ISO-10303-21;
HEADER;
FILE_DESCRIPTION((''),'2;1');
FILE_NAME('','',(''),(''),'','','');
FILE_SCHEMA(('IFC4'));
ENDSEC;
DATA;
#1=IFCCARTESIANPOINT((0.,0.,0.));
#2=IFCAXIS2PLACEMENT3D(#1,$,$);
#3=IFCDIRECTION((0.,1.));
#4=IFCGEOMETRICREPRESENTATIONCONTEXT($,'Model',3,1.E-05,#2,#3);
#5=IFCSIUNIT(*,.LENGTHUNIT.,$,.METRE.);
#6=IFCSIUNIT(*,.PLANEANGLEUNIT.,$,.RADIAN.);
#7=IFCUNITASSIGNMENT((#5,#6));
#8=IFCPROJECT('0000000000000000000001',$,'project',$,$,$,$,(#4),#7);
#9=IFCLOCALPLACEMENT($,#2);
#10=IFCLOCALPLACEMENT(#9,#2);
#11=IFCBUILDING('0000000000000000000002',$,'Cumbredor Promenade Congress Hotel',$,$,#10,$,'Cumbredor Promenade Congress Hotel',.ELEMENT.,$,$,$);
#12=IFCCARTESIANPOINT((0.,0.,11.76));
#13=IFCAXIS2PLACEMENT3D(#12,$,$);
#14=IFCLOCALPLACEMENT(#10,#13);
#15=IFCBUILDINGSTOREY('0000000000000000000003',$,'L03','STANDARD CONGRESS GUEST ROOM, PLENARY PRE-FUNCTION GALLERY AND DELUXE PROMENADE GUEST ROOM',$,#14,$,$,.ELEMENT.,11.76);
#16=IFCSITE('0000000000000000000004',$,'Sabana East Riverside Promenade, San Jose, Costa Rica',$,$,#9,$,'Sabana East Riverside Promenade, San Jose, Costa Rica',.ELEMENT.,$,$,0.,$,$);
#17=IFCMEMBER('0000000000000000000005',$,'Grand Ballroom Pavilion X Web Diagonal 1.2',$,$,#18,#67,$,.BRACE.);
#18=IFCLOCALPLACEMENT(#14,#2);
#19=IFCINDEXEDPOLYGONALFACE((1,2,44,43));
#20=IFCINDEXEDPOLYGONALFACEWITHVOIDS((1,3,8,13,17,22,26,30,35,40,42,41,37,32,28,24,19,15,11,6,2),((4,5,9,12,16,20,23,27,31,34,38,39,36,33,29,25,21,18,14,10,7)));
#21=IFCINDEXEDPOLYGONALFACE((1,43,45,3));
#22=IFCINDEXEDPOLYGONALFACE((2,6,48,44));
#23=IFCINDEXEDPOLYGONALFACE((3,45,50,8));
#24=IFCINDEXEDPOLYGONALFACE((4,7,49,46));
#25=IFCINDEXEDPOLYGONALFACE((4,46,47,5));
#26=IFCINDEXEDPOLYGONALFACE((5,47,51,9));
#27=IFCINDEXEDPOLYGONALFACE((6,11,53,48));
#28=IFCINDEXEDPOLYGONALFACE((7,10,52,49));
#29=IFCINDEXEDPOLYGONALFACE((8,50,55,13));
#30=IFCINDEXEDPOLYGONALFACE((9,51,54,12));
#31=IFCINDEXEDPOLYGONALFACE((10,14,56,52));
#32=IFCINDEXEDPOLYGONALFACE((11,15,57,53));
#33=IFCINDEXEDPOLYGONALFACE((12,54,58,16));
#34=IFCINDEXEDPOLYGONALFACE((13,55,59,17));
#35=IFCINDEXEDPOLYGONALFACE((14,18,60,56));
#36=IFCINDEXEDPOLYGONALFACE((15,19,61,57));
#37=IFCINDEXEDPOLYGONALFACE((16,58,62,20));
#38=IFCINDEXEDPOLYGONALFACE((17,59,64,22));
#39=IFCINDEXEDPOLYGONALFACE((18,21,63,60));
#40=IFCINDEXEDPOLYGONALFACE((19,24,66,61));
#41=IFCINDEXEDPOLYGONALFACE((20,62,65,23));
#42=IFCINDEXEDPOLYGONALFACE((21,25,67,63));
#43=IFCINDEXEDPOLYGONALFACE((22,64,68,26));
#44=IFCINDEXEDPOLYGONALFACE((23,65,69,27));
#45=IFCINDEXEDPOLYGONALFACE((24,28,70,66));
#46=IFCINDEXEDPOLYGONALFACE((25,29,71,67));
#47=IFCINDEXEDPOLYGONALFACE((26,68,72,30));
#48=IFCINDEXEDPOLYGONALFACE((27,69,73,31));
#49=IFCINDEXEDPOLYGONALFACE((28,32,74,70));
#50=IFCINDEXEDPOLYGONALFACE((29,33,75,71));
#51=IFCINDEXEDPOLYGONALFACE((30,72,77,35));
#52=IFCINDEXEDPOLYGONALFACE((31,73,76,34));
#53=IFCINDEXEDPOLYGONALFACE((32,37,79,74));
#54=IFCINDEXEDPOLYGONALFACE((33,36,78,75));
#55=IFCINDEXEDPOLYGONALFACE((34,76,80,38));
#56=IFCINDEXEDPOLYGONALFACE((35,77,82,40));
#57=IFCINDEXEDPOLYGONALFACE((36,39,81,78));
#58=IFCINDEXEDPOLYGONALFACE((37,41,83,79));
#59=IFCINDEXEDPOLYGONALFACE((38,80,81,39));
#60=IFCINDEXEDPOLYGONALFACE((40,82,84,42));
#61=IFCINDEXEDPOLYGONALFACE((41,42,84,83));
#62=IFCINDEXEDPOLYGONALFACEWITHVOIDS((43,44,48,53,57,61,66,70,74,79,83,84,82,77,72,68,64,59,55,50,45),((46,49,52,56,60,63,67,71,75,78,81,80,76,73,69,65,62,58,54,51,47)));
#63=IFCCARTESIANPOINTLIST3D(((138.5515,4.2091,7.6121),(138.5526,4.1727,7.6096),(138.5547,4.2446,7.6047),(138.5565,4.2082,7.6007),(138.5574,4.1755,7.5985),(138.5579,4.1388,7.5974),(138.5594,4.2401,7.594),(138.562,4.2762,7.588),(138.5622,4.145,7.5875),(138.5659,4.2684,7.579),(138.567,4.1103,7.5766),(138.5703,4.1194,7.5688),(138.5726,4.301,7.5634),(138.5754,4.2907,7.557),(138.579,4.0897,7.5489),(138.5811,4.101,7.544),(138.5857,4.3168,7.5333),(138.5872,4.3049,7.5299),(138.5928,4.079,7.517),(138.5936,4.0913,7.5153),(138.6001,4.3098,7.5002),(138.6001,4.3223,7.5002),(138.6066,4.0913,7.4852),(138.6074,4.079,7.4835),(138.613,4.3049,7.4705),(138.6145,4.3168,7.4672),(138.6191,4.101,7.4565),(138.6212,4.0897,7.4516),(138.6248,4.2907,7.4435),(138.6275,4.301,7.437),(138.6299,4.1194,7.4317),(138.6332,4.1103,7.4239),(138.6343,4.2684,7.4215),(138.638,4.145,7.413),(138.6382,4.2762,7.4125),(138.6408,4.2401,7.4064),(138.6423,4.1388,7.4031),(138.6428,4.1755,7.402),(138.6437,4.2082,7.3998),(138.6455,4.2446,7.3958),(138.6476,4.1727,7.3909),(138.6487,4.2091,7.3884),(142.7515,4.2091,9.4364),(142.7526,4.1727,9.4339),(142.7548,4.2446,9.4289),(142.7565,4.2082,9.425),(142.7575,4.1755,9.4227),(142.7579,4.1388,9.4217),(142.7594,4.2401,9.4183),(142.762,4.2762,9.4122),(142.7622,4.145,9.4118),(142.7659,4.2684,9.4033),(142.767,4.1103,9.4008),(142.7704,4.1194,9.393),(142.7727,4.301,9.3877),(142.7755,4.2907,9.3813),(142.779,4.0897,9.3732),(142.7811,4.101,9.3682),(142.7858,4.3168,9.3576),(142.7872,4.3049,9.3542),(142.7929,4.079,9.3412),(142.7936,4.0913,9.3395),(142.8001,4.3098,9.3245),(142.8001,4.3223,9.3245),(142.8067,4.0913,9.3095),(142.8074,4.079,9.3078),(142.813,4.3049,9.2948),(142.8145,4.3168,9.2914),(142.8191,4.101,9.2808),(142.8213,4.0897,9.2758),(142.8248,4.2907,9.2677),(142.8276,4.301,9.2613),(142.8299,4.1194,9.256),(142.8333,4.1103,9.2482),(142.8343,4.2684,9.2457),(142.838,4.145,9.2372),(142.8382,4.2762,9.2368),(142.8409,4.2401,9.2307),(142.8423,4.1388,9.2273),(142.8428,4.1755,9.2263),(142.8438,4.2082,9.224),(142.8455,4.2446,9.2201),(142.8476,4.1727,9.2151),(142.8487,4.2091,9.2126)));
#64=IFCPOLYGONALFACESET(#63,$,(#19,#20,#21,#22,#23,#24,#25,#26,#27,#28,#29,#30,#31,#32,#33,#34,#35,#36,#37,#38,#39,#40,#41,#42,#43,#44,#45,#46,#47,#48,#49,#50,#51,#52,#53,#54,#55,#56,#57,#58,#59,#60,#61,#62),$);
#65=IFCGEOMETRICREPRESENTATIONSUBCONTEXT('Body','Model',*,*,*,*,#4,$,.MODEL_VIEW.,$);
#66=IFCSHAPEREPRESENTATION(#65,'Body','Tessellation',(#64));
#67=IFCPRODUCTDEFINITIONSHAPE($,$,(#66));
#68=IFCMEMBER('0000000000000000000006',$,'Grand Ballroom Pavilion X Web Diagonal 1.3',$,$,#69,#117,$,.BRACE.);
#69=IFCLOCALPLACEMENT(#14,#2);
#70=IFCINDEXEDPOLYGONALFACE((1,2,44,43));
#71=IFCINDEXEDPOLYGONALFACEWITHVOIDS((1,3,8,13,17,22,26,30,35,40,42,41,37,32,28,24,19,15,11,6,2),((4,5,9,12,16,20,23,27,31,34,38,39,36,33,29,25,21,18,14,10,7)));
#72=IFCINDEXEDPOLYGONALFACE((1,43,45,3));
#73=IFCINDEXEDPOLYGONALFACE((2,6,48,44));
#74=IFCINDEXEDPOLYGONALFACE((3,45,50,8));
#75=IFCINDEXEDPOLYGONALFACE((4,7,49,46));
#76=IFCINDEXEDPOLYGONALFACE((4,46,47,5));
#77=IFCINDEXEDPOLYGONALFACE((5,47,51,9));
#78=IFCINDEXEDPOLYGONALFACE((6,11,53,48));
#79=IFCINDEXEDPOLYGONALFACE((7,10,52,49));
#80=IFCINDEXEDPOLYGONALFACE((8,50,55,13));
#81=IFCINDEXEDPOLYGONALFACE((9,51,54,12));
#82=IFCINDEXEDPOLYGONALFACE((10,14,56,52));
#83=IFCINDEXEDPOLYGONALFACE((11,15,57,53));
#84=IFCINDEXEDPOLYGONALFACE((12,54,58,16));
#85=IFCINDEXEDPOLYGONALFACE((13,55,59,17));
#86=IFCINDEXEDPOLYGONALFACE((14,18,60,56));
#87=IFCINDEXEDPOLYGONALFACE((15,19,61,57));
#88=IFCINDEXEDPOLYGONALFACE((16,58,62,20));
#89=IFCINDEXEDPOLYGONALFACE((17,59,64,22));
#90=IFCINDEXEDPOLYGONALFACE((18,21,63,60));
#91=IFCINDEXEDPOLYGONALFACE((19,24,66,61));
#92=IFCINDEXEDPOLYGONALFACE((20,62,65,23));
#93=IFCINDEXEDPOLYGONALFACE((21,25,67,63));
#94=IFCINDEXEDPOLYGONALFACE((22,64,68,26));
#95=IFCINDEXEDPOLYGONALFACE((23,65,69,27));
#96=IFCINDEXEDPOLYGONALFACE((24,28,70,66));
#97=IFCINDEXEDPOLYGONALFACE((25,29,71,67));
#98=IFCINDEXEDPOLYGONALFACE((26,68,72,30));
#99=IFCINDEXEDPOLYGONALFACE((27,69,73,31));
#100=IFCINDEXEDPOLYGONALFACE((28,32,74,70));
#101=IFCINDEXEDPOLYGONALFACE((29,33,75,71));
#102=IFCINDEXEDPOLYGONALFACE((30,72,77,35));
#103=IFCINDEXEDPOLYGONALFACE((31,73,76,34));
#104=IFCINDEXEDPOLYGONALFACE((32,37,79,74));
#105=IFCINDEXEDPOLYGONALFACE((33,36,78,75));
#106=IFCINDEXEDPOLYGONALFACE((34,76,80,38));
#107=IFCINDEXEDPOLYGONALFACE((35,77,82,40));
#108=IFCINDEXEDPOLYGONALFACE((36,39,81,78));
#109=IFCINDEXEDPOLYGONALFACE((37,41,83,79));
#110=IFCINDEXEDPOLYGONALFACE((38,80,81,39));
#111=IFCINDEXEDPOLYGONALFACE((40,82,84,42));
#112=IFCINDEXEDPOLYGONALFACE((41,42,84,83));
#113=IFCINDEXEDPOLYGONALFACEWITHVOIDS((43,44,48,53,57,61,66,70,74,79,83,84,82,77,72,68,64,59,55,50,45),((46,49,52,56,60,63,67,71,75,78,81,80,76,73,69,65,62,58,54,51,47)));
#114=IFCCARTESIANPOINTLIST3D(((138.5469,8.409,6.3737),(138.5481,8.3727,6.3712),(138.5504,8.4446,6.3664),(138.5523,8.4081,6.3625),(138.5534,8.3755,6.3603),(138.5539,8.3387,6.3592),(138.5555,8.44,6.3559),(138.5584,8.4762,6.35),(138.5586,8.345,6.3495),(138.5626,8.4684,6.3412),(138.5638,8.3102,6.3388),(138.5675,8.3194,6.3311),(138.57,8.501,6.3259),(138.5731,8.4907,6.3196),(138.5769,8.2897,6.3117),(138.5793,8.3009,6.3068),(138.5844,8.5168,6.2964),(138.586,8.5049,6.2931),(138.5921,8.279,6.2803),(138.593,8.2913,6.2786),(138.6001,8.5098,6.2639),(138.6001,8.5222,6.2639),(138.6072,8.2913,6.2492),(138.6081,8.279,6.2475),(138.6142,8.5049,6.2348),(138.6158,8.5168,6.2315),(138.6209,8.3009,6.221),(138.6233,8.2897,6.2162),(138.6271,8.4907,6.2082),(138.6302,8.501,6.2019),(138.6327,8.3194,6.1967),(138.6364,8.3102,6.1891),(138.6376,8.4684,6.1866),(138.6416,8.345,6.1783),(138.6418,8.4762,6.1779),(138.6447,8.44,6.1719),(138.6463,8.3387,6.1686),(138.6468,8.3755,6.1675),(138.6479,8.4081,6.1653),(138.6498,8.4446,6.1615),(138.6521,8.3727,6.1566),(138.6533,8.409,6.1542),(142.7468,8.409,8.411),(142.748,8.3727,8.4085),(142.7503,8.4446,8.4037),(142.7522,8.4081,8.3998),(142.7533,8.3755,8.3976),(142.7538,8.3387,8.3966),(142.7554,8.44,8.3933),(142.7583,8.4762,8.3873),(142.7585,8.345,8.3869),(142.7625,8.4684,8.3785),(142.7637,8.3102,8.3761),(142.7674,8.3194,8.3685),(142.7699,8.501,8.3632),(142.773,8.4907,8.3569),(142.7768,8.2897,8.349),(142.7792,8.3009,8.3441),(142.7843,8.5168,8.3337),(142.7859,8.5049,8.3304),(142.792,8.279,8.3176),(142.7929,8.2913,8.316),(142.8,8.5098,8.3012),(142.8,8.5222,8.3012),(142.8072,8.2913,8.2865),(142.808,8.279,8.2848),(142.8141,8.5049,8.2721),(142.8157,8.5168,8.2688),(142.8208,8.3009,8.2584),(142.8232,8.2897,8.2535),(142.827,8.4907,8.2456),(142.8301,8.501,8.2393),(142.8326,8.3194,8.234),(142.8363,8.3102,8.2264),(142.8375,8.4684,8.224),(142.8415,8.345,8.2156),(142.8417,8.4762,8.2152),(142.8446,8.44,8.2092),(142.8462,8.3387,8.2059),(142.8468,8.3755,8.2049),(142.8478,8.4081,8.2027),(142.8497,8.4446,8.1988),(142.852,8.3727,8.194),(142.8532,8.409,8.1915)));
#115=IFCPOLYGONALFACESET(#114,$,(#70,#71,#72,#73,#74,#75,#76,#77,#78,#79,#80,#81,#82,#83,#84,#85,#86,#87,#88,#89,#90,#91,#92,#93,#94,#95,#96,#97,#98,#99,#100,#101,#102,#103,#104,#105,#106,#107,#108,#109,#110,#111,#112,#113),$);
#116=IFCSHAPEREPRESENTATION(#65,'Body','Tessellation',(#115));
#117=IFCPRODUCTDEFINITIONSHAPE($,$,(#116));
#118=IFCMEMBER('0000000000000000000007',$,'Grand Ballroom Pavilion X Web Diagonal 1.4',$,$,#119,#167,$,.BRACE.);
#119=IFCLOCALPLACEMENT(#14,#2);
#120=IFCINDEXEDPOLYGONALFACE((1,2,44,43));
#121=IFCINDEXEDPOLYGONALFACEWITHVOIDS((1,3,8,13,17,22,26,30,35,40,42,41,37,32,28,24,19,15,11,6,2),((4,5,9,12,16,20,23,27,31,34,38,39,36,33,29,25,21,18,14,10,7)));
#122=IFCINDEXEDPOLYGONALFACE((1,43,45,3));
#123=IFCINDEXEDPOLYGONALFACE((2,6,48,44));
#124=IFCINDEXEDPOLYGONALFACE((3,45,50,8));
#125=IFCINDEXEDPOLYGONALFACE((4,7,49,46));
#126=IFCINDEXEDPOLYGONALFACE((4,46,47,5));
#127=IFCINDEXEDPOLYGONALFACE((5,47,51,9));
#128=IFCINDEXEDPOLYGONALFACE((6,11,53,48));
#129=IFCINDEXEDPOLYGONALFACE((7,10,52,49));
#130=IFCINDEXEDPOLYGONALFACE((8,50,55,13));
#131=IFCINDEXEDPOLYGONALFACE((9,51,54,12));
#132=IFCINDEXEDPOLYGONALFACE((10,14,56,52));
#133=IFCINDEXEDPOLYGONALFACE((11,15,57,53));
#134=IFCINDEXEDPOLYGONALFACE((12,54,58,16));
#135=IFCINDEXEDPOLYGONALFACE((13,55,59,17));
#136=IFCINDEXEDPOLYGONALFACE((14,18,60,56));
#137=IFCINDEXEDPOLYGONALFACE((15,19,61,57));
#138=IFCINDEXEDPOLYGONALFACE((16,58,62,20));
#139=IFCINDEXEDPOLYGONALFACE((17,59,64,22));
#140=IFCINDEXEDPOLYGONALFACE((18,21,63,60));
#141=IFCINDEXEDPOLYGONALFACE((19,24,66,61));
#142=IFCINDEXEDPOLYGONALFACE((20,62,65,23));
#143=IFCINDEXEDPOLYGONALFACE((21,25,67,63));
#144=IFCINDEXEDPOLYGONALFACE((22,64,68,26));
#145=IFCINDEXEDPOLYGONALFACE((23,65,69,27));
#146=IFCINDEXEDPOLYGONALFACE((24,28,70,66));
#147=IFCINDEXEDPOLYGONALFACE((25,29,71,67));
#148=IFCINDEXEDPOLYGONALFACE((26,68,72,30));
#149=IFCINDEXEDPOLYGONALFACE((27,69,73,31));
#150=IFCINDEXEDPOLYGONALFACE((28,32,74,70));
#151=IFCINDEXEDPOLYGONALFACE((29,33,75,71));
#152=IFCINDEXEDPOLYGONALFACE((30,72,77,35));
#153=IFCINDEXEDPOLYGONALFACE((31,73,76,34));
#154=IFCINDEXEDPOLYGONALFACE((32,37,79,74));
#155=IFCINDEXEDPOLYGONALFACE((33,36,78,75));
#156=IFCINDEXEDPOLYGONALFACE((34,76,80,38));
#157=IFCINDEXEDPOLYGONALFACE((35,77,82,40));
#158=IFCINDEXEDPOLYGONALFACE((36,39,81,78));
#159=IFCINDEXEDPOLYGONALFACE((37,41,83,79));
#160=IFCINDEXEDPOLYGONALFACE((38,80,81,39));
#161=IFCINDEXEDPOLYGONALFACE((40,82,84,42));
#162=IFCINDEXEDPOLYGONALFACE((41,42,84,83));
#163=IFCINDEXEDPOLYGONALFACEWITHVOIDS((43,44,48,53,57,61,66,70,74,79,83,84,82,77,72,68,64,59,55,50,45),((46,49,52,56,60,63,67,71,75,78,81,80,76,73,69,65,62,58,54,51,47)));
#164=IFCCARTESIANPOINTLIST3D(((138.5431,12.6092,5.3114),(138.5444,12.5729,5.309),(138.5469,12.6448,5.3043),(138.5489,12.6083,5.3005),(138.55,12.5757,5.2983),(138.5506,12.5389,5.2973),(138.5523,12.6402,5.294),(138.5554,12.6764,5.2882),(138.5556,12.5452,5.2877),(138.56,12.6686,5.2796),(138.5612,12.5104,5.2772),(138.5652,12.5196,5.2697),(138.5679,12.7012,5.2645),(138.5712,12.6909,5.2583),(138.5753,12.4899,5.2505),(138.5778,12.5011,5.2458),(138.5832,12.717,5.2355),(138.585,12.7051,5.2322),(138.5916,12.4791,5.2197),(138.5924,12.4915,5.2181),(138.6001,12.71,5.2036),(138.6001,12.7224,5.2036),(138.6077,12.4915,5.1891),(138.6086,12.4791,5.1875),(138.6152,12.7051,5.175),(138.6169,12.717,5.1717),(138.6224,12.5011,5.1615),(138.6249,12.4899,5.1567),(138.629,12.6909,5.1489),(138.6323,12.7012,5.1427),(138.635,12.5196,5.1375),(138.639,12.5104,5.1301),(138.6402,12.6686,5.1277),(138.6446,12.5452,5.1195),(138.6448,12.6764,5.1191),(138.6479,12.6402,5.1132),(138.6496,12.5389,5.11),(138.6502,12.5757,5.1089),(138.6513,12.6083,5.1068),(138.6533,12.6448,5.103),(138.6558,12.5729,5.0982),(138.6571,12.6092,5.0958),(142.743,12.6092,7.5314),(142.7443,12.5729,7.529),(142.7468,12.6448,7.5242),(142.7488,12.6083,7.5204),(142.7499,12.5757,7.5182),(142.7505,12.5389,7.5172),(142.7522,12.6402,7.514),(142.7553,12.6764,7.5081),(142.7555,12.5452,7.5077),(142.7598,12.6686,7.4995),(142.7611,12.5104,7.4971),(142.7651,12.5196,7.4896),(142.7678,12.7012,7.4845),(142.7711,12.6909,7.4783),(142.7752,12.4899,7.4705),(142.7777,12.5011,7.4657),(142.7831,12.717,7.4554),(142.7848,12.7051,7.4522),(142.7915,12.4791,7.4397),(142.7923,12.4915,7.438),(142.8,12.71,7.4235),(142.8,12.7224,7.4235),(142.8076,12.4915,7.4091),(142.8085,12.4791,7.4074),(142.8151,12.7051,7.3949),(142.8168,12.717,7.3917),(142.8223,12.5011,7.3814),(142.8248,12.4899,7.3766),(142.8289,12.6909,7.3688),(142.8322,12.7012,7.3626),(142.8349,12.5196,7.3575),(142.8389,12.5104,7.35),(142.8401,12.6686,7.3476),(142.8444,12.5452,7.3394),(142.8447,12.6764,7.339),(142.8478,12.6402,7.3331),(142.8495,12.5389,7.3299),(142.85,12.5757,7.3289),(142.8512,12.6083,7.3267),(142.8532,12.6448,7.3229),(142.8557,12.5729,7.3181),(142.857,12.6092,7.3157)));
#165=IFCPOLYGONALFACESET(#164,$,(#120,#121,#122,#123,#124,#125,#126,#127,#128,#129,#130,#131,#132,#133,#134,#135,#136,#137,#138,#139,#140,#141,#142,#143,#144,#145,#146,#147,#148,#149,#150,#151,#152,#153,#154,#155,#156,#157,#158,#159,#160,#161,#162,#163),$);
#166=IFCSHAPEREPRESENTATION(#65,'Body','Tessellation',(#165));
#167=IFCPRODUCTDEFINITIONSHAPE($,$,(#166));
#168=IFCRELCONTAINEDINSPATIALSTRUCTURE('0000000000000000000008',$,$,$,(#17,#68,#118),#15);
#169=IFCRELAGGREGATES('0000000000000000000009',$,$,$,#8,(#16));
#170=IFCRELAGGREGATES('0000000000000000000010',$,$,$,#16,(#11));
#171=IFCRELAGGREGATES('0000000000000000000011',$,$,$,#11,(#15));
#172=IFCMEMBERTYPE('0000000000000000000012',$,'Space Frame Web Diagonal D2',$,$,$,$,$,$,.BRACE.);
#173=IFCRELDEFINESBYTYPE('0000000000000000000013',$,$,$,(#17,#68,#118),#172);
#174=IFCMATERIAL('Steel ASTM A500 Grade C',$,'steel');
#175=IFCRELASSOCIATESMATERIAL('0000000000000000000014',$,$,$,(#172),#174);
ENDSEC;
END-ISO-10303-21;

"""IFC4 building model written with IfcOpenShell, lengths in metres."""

from ifc_helpers import new_model, si_unit, direction, frame, origin, origin_2d, place, context, subcontext, project, spatial, hollow_circle, extrude, material, material_profile, profile_set, type_object, element, save


model = new_model("IFC4")

# Units and contexts
model_context = context("Model", 3, precision=1e-05, world=origin(), true_north=direction((0.0, 1.0)))
body_context = subcontext(model_context, "Body", "Model", "MODEL_VIEW")
ifc_project = project(units=[si_unit("LENGTHUNIT", "METRE"), si_unit("PLANEANGLEUNIT", "RADIAN")], contexts=[model_context])

# Site, building, storey
site_placement = place(None, origin())
site = spatial("IfcSite", under=ifc_project, at=site_placement, Name="Sabana East Riverside Promenade, San Jose, Costa Rica", LongName="Sabana East Riverside Promenade, San Jose, Costa Rica", CompositionType="ELEMENT", RefElevation=0.0)
building_placement = place(site_placement, origin())
building = spatial("IfcBuilding", under=site, at=building_placement, Name="Cumbredor Promenade Congress Hotel", LongName="Cumbredor Promenade Congress Hotel", CompositionType="ELEMENT")
storey_placement = place(building_placement, frame((0.0, 0.0, 11.76)))
storey = spatial("IfcBuildingStorey", under=building, at=storey_placement, Name="L03", Description="STANDARD CONGRESS GUEST ROOM, PLENARY PRE-FUNCTION GALLERY AND DELUXE PROMENADE GUEST ROOM", CompositionType="ELEMENT", Elevation=11.76)

# Members
ifc_material_1 = material(Name="Steel ASTM A500 Grade C", Category="steel")
ifc_material_profile_1 = material_profile(ifc_material_1, hollow_circle(Radius=0.1223, WallThickness=0.0125, at=origin_2d()), Name="CHS 244.5x12.5")
ifc_profile_set_1 = profile_set([ifc_material_profile_1], Name="Steel ASTM A500 Grade C")
member_type_1 = type_object("IfcMemberType", Name="Space Frame Web Diagonal D2", PredefinedType="BRACE", material=ifc_profile_set_1)
member_1_placement = place(storey_placement, frame((138.6001, 4.2, 7.5002), z_axis=(0.917217, 0.0, 0.398387), x_axis=(0.0, 1.0, 0.0)))
element("IfcMember", 1, at=member_1_placement, inside=storey, type_object=member_type_1, Name="Grand Ballroom Pavilion X Web Diagonal 1.2", PredefinedType="BRACE", context=body_context, shape_type="SweptSolid", body=[
    extrude(hollow_circle(Radius=0.1223, WallThickness=0.0125, at=origin_2d()), origin(), (0.0, 0.0, 1.0), 4.5791),
])
member_2_placement = place(storey_placement, frame((138.6001, 8.3999, 6.2639), z_axis=(0.899729, 0.0, 0.436449), x_axis=(0.0, 1.0, 0.0)))
element("IfcMember", 2, at=member_2_placement, inside=storey, type_object=member_type_1, Name="Grand Ballroom Pavilion X Web Diagonal 1.3", PredefinedType="BRACE", context=body_context, shape_type="SweptSolid", body=[
    extrude(hollow_circle(Radius=0.1223, WallThickness=0.0125, at=origin_2d()), origin(), (0.0, 0.0, 1.0), 4.668),
])
member_3_placement = place(storey_placement, frame((138.6001, 12.6001, 5.2036), z_axis=(0.884095, 0.0, 0.467307), x_axis=(0.0, 1.0, 0.0)))
element("IfcMember", 3, at=member_3_placement, inside=storey, type_object=member_type_1, Name="Grand Ballroom Pavilion X Web Diagonal 1.4", PredefinedType="BRACE", context=body_context, shape_type="SweptSolid", body=[
    extrude(hollow_circle(Radius=0.1223, WallThickness=0.0125, at=origin_2d()), origin(), (0.0, 0.0, 1.0), 4.7505),
])

save(model, "model.ifc")
